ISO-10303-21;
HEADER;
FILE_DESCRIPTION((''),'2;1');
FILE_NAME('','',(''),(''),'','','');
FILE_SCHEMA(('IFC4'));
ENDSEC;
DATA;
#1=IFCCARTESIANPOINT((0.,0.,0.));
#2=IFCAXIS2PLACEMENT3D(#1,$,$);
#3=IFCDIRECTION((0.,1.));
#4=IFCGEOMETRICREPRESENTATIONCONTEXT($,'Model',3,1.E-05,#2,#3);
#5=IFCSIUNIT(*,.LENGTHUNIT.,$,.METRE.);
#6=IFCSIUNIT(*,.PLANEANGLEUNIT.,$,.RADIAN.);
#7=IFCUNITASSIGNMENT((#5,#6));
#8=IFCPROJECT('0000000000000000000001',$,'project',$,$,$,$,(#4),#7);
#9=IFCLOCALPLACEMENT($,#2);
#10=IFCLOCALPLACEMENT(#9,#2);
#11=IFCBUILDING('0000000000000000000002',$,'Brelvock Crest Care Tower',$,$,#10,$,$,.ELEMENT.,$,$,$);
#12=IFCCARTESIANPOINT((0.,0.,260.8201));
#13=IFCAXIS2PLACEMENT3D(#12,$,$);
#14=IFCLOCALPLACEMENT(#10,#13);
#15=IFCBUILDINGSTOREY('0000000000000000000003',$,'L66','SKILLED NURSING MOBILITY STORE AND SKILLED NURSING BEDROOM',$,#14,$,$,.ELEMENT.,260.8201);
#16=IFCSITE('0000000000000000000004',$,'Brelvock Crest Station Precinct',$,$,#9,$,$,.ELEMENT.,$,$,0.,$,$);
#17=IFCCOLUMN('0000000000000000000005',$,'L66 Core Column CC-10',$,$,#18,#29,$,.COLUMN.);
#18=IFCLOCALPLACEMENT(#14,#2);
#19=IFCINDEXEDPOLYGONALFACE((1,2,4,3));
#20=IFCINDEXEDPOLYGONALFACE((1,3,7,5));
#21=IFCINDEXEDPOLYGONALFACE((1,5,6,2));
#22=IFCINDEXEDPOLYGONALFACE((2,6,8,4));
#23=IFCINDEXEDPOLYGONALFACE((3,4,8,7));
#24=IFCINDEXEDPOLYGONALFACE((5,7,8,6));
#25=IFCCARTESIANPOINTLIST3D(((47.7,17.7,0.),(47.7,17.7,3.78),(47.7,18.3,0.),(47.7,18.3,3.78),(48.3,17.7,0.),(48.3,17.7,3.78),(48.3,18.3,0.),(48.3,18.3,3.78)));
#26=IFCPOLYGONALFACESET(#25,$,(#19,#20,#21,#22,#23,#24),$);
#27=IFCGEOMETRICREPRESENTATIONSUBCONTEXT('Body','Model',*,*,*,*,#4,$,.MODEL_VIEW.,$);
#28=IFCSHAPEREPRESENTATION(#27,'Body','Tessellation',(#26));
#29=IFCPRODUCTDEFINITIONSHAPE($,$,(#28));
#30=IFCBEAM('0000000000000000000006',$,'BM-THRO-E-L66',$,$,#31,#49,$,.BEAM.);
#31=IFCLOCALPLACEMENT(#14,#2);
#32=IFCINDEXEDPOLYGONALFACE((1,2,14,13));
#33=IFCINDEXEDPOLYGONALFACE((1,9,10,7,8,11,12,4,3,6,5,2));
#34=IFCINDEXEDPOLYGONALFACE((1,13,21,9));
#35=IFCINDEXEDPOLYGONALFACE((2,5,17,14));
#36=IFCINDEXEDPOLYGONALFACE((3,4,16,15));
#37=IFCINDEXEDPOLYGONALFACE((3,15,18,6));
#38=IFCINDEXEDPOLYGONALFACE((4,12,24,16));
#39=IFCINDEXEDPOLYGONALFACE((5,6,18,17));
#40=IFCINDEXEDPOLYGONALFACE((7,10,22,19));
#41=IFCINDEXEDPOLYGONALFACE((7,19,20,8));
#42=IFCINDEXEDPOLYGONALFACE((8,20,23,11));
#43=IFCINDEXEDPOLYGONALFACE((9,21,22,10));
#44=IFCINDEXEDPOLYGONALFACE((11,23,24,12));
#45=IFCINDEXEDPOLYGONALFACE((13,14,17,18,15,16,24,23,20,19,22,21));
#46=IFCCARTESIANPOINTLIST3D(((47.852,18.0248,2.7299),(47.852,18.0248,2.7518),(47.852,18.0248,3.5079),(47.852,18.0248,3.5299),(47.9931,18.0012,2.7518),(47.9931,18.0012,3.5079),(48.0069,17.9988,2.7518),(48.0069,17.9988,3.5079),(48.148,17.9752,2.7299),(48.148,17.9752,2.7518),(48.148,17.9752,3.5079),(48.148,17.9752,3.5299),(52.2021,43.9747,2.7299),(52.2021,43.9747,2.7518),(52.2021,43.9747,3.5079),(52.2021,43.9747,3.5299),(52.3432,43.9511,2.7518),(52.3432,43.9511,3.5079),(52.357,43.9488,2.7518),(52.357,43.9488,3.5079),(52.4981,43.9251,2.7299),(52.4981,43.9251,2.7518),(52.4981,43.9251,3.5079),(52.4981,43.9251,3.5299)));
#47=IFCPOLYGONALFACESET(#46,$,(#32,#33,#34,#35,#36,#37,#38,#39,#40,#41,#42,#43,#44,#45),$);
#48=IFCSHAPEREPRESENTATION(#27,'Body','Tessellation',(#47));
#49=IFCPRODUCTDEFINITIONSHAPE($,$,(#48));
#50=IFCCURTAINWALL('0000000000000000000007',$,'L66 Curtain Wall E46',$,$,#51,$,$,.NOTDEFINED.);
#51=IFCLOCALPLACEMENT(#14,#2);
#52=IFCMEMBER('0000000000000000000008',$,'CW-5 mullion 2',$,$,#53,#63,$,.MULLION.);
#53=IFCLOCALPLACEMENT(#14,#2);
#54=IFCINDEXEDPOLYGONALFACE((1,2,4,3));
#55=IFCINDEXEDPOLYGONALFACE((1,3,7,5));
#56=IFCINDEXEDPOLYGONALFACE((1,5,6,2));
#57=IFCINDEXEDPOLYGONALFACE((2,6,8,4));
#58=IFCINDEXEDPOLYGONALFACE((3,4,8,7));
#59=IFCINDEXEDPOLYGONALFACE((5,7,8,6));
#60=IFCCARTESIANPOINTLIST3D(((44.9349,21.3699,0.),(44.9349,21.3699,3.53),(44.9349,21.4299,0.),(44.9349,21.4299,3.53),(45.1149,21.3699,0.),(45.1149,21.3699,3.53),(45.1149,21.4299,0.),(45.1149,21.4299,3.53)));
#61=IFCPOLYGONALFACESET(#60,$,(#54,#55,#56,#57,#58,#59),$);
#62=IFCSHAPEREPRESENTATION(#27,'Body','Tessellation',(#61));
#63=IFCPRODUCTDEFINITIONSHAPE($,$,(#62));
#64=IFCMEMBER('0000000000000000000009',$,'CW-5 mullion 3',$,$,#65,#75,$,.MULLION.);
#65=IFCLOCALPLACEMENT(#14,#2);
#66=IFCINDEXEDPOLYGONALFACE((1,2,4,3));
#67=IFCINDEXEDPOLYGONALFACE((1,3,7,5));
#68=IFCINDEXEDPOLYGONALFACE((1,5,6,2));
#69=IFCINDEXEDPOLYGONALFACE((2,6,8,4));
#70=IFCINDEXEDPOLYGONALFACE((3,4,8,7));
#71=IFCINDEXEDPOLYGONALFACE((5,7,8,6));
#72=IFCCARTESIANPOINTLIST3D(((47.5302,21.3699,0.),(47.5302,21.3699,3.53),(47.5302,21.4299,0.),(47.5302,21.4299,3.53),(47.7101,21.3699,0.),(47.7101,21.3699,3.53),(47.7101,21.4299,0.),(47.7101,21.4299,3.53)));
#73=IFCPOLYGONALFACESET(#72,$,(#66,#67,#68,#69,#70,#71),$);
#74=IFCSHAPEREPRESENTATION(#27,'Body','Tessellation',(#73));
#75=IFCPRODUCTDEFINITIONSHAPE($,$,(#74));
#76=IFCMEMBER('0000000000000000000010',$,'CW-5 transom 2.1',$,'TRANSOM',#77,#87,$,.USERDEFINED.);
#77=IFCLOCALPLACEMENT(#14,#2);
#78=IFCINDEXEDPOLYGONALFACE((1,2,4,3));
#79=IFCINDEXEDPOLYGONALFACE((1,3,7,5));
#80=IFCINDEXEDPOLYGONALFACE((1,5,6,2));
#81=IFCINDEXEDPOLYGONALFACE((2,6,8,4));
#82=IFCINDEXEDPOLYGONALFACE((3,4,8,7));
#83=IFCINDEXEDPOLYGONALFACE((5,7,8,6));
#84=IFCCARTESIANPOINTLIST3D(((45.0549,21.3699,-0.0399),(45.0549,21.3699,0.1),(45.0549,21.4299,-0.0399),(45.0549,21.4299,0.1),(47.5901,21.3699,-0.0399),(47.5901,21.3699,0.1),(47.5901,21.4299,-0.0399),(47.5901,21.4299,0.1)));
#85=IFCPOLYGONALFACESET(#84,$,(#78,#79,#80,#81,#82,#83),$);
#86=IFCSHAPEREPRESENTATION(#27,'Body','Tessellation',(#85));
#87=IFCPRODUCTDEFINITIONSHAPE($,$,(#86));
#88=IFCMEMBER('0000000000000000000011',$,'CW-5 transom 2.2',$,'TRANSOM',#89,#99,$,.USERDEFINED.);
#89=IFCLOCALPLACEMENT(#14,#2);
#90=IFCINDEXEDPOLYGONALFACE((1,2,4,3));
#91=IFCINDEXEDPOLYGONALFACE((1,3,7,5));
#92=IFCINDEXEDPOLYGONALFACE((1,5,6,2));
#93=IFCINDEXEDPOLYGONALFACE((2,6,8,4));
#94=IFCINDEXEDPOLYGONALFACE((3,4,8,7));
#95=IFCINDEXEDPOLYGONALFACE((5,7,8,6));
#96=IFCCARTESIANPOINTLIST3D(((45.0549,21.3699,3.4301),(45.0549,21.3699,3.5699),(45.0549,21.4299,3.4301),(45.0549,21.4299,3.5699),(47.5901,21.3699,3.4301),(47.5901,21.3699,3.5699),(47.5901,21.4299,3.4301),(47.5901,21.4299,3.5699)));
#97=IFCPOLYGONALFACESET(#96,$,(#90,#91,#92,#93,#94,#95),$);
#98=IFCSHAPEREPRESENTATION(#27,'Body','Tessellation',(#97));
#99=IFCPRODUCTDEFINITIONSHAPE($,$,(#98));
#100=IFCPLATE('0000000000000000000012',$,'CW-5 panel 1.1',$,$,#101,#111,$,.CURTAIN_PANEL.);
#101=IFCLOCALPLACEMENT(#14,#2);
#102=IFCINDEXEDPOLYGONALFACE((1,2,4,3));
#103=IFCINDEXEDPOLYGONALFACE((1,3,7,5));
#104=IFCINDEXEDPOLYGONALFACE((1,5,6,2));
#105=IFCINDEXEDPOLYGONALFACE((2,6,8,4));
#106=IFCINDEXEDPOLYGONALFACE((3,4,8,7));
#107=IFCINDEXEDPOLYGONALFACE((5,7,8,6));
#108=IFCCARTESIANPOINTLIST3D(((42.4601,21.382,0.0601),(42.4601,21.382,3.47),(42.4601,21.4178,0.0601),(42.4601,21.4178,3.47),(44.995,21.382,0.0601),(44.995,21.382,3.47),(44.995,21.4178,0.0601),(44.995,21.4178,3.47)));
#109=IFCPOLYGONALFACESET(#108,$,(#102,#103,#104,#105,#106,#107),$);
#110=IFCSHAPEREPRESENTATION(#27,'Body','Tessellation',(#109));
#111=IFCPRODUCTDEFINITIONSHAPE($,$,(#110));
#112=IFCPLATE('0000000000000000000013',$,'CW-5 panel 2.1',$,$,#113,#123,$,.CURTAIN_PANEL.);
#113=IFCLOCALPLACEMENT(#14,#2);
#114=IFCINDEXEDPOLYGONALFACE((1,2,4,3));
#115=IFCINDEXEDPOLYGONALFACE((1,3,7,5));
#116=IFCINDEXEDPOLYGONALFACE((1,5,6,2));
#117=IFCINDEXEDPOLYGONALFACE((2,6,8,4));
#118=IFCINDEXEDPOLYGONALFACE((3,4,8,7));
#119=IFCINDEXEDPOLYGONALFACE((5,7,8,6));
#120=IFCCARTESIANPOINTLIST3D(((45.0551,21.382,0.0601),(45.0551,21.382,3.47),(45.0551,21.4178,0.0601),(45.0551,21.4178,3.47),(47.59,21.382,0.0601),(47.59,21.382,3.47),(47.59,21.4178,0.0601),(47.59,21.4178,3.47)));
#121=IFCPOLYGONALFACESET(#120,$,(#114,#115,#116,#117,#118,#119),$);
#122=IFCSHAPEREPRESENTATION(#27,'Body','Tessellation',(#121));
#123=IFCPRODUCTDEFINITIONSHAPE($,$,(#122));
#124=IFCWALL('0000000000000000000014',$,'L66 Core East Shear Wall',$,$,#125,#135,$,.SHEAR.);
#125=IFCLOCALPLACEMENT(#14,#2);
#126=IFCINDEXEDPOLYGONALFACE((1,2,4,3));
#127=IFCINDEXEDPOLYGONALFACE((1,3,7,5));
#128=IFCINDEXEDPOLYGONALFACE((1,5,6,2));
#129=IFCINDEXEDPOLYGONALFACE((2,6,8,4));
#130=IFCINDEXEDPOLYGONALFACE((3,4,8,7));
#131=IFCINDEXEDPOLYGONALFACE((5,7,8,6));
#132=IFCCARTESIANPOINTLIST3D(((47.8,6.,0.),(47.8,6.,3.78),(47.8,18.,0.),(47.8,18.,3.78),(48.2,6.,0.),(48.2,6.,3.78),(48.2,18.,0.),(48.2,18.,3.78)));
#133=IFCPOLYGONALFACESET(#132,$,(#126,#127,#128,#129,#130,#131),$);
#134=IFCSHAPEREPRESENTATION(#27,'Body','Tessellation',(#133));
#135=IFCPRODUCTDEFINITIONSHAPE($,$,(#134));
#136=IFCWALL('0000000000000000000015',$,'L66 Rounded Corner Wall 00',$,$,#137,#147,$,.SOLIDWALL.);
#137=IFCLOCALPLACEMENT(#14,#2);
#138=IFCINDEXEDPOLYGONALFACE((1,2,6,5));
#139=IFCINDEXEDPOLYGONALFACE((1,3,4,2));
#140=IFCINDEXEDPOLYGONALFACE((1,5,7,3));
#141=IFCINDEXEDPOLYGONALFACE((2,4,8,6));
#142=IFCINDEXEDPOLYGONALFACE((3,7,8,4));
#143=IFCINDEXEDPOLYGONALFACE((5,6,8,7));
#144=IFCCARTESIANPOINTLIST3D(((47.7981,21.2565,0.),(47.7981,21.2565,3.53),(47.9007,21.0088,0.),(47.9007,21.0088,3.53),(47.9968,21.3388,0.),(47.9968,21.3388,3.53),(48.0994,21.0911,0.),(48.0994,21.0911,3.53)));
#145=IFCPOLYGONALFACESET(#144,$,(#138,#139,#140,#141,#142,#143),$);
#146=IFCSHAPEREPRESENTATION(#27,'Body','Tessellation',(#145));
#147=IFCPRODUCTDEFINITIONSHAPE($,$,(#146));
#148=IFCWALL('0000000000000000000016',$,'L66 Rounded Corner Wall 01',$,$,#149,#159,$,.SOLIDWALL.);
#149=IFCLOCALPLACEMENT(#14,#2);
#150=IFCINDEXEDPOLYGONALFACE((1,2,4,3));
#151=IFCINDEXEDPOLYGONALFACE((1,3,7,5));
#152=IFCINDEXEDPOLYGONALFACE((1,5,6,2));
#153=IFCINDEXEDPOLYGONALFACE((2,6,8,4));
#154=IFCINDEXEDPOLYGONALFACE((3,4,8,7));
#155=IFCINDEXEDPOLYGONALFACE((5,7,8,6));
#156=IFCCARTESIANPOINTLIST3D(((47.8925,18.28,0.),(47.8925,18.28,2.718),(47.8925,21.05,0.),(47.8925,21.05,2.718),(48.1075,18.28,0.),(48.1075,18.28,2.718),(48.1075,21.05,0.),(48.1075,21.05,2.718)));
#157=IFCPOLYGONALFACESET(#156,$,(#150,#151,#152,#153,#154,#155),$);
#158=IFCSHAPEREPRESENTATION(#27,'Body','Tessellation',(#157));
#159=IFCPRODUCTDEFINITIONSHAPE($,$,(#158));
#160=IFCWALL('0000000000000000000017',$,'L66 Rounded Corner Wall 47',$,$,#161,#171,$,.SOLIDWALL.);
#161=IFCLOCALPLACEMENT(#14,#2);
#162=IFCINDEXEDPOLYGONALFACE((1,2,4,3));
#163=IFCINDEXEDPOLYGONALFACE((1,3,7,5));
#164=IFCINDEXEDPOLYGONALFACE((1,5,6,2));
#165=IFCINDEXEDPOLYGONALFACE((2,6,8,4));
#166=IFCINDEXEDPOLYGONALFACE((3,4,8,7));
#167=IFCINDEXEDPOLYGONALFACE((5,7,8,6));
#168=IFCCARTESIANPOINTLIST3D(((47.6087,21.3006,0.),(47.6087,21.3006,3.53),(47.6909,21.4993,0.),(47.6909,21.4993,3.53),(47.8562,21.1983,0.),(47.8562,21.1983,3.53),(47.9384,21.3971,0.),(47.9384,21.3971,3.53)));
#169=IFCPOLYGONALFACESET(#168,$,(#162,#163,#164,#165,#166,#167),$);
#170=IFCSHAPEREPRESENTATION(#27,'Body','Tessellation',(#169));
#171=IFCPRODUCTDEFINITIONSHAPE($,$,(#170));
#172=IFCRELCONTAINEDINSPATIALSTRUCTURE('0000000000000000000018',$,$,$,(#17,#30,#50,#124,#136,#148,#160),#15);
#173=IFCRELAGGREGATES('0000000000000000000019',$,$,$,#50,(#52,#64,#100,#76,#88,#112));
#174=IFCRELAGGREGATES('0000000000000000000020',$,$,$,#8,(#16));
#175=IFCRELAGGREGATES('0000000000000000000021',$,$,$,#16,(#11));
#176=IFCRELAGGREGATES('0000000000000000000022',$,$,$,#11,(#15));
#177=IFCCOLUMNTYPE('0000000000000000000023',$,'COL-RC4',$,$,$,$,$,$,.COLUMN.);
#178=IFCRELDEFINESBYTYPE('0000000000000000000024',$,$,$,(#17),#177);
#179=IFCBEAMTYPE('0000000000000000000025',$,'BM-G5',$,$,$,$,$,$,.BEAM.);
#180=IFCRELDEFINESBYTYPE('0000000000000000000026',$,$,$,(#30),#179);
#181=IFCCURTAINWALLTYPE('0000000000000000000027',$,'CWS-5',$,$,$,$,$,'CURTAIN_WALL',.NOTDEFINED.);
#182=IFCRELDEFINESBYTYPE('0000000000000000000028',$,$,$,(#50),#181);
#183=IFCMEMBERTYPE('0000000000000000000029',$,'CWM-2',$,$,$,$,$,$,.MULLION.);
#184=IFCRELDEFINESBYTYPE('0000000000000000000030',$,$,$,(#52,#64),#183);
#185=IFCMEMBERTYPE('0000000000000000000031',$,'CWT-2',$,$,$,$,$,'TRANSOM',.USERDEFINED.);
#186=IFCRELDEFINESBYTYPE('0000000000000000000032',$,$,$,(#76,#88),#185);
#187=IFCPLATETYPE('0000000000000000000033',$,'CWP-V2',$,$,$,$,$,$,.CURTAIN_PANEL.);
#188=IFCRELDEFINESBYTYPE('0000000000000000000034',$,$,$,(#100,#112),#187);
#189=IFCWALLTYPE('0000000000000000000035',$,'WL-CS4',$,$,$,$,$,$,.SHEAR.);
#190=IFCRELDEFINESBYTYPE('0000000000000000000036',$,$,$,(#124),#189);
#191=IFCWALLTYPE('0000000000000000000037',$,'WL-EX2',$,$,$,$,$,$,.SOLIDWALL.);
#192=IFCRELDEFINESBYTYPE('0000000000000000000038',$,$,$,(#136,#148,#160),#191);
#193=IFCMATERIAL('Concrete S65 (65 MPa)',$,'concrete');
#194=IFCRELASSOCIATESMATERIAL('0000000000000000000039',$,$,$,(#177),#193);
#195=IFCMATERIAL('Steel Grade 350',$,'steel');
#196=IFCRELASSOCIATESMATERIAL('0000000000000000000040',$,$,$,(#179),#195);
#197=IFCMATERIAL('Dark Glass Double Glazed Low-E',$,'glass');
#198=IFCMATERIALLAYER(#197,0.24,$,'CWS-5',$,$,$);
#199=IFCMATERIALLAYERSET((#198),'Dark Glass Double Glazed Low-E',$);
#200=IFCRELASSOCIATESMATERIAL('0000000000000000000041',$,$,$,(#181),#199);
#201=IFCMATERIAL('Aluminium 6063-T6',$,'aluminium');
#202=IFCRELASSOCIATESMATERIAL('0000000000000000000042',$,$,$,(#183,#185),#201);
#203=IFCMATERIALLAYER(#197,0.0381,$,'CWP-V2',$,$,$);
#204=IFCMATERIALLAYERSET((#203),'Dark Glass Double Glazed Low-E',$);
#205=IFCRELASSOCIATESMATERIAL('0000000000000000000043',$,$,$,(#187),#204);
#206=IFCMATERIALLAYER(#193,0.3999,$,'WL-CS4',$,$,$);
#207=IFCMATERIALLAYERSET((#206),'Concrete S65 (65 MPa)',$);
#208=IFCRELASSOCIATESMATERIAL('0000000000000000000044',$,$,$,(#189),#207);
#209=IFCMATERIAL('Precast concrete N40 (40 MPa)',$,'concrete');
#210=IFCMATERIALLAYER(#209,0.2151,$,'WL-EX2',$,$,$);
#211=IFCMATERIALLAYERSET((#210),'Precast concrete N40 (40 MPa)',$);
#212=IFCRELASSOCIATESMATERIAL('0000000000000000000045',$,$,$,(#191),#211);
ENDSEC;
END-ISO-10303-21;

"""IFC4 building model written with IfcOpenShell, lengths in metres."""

from ifc_helpers import new_model, si_unit, direction, frame, frame_2d, origin, origin_2d, place, context, subcontext, project, spatial, rectangle, i_section, extrude, source, transform, mapped, material, layer, layer_set, material_profile, profile_set, type_object, element, aggregate, save


model = new_model("IFC4")

# Units and contexts
model_context = context("Model", 3, precision=1e-05, world=origin(), true_north=direction((0.0, 1.0)))
body_context = subcontext(model_context, "Body", "Model", "MODEL_VIEW")
ifc_project = project(units=[si_unit("LENGTHUNIT", "METRE"), si_unit("PLANEANGLEUNIT", "RADIAN")], contexts=[model_context])

# Site, building, storey
site_placement = place(None, origin())
site = spatial("IfcSite", under=ifc_project, at=site_placement, Name="Brelvock Crest Station Precinct", CompositionType="ELEMENT", RefElevation=0.0)
building_placement = place(site_placement, origin())
building = spatial("IfcBuilding", under=site, at=building_placement, Name="Brelvock Crest Care Tower", CompositionType="ELEMENT")
storey_placement = place(building_placement, frame((0.0, 0.0, 260.8201)))
storey = spatial("IfcBuildingStorey", under=building, at=storey_placement, Name="L66", Description="SKILLED NURSING MOBILITY STORE AND SKILLED NURSING BEDROOM", CompositionType="ELEMENT", Elevation=260.8201)

# Column
ifc_material_1 = material(Name="Concrete S65 (65 MPa)", Category="concrete")
ifc_material_profile_1 = material_profile(ifc_material_1, rectangle(XDim=0.6001, YDim=0.6001, at=origin_2d()), Name="RC600x600")
ifc_profile_set_1 = profile_set([ifc_material_profile_1], Name="Concrete S65 (65 MPa)")
column_type = type_object("IfcColumnType", Name="COL-RC4", PredefinedType="COLUMN", material=ifc_profile_set_1)
shared_shape_1 = source(origin(), body_context, "Body", "SweptSolid", [
    extrude(rectangle(XDim=0.6001, YDim=0.6001, at=origin_2d()), origin(), (0.0, 0.0, 1.0), 3.78),
])
column_placement = place(storey_placement, frame((48.0, 18.0, 0.0), z_axis=(0.0, 0.0, 1.0), x_axis=(1.0, 0.0, 0.0)))
element("IfcColumn", 1, at=column_placement, inside=storey, type_object=column_type, Name="L66 Core Column CC-10", PredefinedType="COLUMN", context=body_context, shape_type="MappedRepresentation", body=[
    mapped(shared_shape_1, transform((0.0, 0.0, 0.0), x_axis=(1.0, 0.0, 0.0), y_axis=(0.0, 1.0, 0.0), z_axis=(0.0, 0.0, 1.0), scale=1.0)),
])

# Beam
ifc_material_2 = material(Name="Steel Grade 350", Category="steel")
ifc_material_profile_2 = material_profile(ifc_material_2, i_section(OverallWidth=0.3, OverallDepth=0.8, WebThickness=0.0139, FlangeThickness=0.022, at=origin_2d()), Name="800WB192")
ifc_profile_set_2 = profile_set([ifc_material_profile_2], Name="Steel Grade 350")
beam_type = type_object("IfcBeamType", Name="BM-G5", PredefinedType="BEAM", material=ifc_profile_set_2)
shared_shape_2 = source(origin(), body_context, "Body", "SweptSolid", [
    extrude(i_section(OverallWidth=0.3, OverallDepth=0.8, WebThickness=0.0139, FlangeThickness=0.022, at=origin_2d()), origin(), (0.0, 0.0, 1.0), 26.312),
])
beam_placement = place(storey_placement, frame((48.0, 18.0, 3.1299), z_axis=(0.165327, 0.986239, 0.0), x_axis=(-0.986239, 0.165327, 0.0)))
element("IfcBeam", 2, at=beam_placement, inside=storey, type_object=beam_type, Name="BM-THRO-E-L66", PredefinedType="BEAM", context=body_context, shape_type="MappedRepresentation", body=[
    mapped(shared_shape_2, transform((0.0, 0.0, 0.0), x_axis=(1.0, 0.0, 0.0), y_axis=(0.0, 1.0, 0.0), z_axis=(0.0, 0.0, 1.0), scale=1.0)),
])

# Curtain wall, members, plates
ifc_material_3 = material(Name="Dark Glass Double Glazed Low-E", Category="glass")
ifc_layer_1 = layer(ifc_material_3, 0.24, Name="CWS-5")
ifc_layer_set_1 = layer_set([ifc_layer_1], Name="Dark Glass Double Glazed Low-E")
curtain_wall_type = type_object("IfcCurtainWallType", Name="CWS-5", ElementType="CURTAIN_WALL", PredefinedType="NOTDEFINED", material=ifc_layer_set_1)
curtain_wall_placement = place(storey_placement, origin())
curtain_wall = element("IfcCurtainWall", 3, at=curtain_wall_placement, inside=storey, type_object=curtain_wall_type, Name="L66 Curtain Wall E46", PredefinedType="NOTDEFINED")
ifc_material_4 = material(Name="Aluminium 6063-T6", Category="aluminium")
ifc_material_profile_3 = material_profile(ifc_material_4, rectangle(XDim=0.0601, YDim=0.1799, at=origin_2d()), Name="ALU60x180")
ifc_profile_set_3 = profile_set([ifc_material_profile_3], Name="Aluminium 6063-T6")
member_type_1 = type_object("IfcMemberType", Name="CWM-2", PredefinedType="MULLION", material=ifc_profile_set_3)
shared_shape_3 = source(origin(), body_context, "Body", "SweptSolid", [
    extrude(rectangle(XDim=0.0601, YDim=0.1799, at=origin_2d()), origin(), (0.0, 0.0, 1.0), 3.53),
])
member_1_placement = place(storey_placement, frame((45.0249, 21.3999, 0.0), z_axis=(0.0, 0.0, 1.0), x_axis=(0.0, 1.0, 0.0)))
member_1 = element("IfcMember", 4, at=member_1_placement, type_object=member_type_1, Name="CW-5 mullion 2", PredefinedType="MULLION", context=body_context, shape_type="MappedRepresentation", body=[
    mapped(shared_shape_3, transform((0.0, 0.0, 0.0), x_axis=(1.0, 0.0, 0.0), y_axis=(0.0, 1.0, 0.0), z_axis=(0.0, 0.0, 1.0), scale=1.0)),
])
member_2_placement = place(storey_placement, frame((47.6201, 21.3999, 0.0), z_axis=(0.0, 0.0, 1.0), x_axis=(0.0, 1.0, 0.0)))
member_2 = element("IfcMember", 5, at=member_2_placement, type_object=member_type_1, Name="CW-5 mullion 3", PredefinedType="MULLION", context=body_context, shape_type="MappedRepresentation", body=[
    mapped(shared_shape_3, transform((0.0, 0.0, 0.0), x_axis=(1.0, 0.0, 0.0), y_axis=(0.0, 1.0, 0.0), z_axis=(0.0, 0.0, 1.0), scale=1.0)),
])
ifc_material_profile_4 = material_profile(ifc_material_4, rectangle(XDim=0.0601, YDim=0.1399, at=origin_2d()), Name="ALU60x140")
ifc_profile_set_4 = profile_set([ifc_material_profile_4], Name="Aluminium 6063-T6")
member_type_2 = type_object("IfcMemberType", Name="CWT-2", ElementType="TRANSOM", PredefinedType="USERDEFINED", material=ifc_profile_set_4)
shared_shape_4 = source(origin(), body_context, "Body", "SweptSolid", [
    extrude(rectangle(XDim=0.0601, YDim=0.1399, at=origin_2d()), origin(), (0.0, 0.0, 1.0), 2.5352),
])
member_3_placement = place(storey_placement, frame((45.0549, 21.3999, 0.03), z_axis=(1.0, 0.0, 0.0), x_axis=(0.0, 1.0, 0.0)))
member_3 = element("IfcMember", 6, at=member_3_placement, type_object=member_type_2, Name="CW-5 transom 2.1", ObjectType="TRANSOM", PredefinedType="USERDEFINED", context=body_context, shape_type="MappedRepresentation", body=[
    mapped(shared_shape_4, transform((0.0, 0.0, 0.0), x_axis=(1.0, 0.0, 0.0), y_axis=(0.0, 1.0, 0.0), z_axis=(0.0, 0.0, 1.0), scale=1.0)),
])
member_4_placement = place(storey_placement, frame((45.0549, 21.3999, 3.5), z_axis=(1.0, 0.0, 0.0), x_axis=(0.0, 1.0, 0.0)))
member_4 = element("IfcMember", 7, at=member_4_placement, type_object=member_type_2, Name="CW-5 transom 2.2", ObjectType="TRANSOM", PredefinedType="USERDEFINED", context=body_context, shape_type="MappedRepresentation", body=[
    mapped(shared_shape_4, transform((0.0, 0.0, 0.0), x_axis=(1.0, 0.0, 0.0), y_axis=(0.0, 1.0, 0.0), z_axis=(0.0, 0.0, 1.0), scale=1.0)),
])
ifc_layer_2 = layer(ifc_material_3, 0.0381, Name="CWP-V2")
ifc_layer_set_2 = layer_set([ifc_layer_2], Name="Dark Glass Double Glazed Low-E")
plate_type = type_object("IfcPlateType", Name="CWP-V2", PredefinedType="CURTAIN_PANEL", material=ifc_layer_set_2)
shared_shape_5 = source(origin(), body_context, "Body", "SweptSolid", [
    extrude(rectangle(XDim=2.5349, YDim=0.0359, at=origin_2d()), origin(), (0.0, 0.0, 1.0), 3.4099),
])
plate_1_placement = place(storey_placement, frame((43.7275, 21.3999, 0.0601), z_axis=(0.0, 0.0, 1.0), x_axis=(1.0, 0.0, 0.0)))
plate_1 = element("IfcPlate", 8, at=plate_1_placement, type_object=plate_type, Name="CW-5 panel 1.1", PredefinedType="CURTAIN_PANEL", context=body_context, shape_type="MappedRepresentation", body=[
    mapped(shared_shape_5, transform((0.0, 0.0, 0.0), x_axis=(1.0, 0.0, 0.0), y_axis=(0.0, 1.0, 0.0), z_axis=(0.0, 0.0, 1.0), scale=1.0)),
])
plate_2_placement = place(storey_placement, frame((46.3225, 21.3999, 0.0601), z_axis=(0.0, 0.0, 1.0), x_axis=(1.0, 0.0, 0.0)))
plate_2 = element("IfcPlate", 9, at=plate_2_placement, type_object=plate_type, Name="CW-5 panel 2.1", PredefinedType="CURTAIN_PANEL", context=body_context, shape_type="MappedRepresentation", body=[
    mapped(shared_shape_5, transform((0.0, 0.0, 0.0), x_axis=(1.0, 0.0, 0.0), y_axis=(0.0, 1.0, 0.0), z_axis=(0.0, 0.0, 1.0), scale=1.0)),
])
aggregate(curtain_wall, [member_1, member_2, plate_1, member_3, member_4, plate_2])

# Walls
ifc_layer_3 = layer(ifc_material_1, 0.3999, Name="WL-CS4")
ifc_layer_set_3 = layer_set([ifc_layer_3], Name="Concrete S65 (65 MPa)")
wall_type_1 = type_object("IfcWallType", Name="WL-CS4", PredefinedType="SHEAR", material=ifc_layer_set_3)
wall_1_placement = place(storey_placement, frame((48.0, 18.0, 0.0), z_axis=(0.0, 0.0, 1.0), x_axis=(0.0, -1.0, 0.0)))
element("IfcWall", 10, at=wall_1_placement, inside=storey, type_object=wall_type_1, Name="L66 Core East Shear Wall", PredefinedType="SHEAR", context=body_context, shape_type="SweptSolid", body=[
    extrude(rectangle(XDim=12.0, YDim=0.3999, at=frame_2d((6.0, 0.0))), origin(), (0.0, 0.0, 1.0), 3.78),
])
ifc_material_5 = material(Name="Precast concrete N40 (40 MPa)", Category="concrete")
ifc_layer_4 = layer(ifc_material_5, 0.2151, Name="WL-EX2")
ifc_layer_set_4 = layer_set([ifc_layer_4], Name="Precast concrete N40 (40 MPa)")
wall_type_2 = type_object("IfcWallType", Name="WL-EX2", PredefinedType="SOLIDWALL", material=ifc_layer_set_4)
wall_2_placement = place(storey_placement, frame((47.8975, 21.2976, 0.0), z_axis=(0.0, 0.0, 1.0), x_axis=(0.382674, -0.923884, 0.0)))
element("IfcWall", 11, at=wall_2_placement, inside=storey, type_object=wall_type_2, Name="L66 Rounded Corner Wall 00", PredefinedType="SOLIDWALL", context=body_context, shape_type="SweptSolid", body=[
    extrude(rectangle(XDim=0.2681, YDim=0.2151, at=frame_2d((0.134, 0.0))), origin(), (0.0, 0.0, 1.0), 3.53),
])
wall_3_placement = place(storey_placement, frame((48.0, 21.05, 0.0), z_axis=(0.0, 0.0, 1.0), x_axis=(0.0, -1.0, 0.0)))
element("IfcWall", 12, at=wall_3_placement, inside=storey, type_object=wall_type_2, Name="L66 Rounded Corner Wall 01", PredefinedType="SOLIDWALL", context=body_context, shape_type="SweptSolid", body=[
    extrude(rectangle(XDim=2.77, YDim=0.2151, at=frame_2d((1.385, 0.0))), origin(), (0.0, 0.0, 1.0), 2.718),
])
wall_4_placement = place(storey_placement, frame((47.6499, 21.3999, 0.0), z_axis=(0.0, 0.0, 1.0), x_axis=(0.924205, -0.381896, 0.0)))
element("IfcWall", 13, at=wall_4_placement, inside=storey, type_object=wall_type_2, Name="L66 Rounded Corner Wall 47", PredefinedType="SOLIDWALL", context=body_context, shape_type="SweptSolid", body=[
    extrude(rectangle(XDim=0.2678, YDim=0.2151, at=frame_2d((0.1338, 0.0))), origin(), (0.0, 0.0, 1.0), 3.53),
])

save(model, "model.ifc")
